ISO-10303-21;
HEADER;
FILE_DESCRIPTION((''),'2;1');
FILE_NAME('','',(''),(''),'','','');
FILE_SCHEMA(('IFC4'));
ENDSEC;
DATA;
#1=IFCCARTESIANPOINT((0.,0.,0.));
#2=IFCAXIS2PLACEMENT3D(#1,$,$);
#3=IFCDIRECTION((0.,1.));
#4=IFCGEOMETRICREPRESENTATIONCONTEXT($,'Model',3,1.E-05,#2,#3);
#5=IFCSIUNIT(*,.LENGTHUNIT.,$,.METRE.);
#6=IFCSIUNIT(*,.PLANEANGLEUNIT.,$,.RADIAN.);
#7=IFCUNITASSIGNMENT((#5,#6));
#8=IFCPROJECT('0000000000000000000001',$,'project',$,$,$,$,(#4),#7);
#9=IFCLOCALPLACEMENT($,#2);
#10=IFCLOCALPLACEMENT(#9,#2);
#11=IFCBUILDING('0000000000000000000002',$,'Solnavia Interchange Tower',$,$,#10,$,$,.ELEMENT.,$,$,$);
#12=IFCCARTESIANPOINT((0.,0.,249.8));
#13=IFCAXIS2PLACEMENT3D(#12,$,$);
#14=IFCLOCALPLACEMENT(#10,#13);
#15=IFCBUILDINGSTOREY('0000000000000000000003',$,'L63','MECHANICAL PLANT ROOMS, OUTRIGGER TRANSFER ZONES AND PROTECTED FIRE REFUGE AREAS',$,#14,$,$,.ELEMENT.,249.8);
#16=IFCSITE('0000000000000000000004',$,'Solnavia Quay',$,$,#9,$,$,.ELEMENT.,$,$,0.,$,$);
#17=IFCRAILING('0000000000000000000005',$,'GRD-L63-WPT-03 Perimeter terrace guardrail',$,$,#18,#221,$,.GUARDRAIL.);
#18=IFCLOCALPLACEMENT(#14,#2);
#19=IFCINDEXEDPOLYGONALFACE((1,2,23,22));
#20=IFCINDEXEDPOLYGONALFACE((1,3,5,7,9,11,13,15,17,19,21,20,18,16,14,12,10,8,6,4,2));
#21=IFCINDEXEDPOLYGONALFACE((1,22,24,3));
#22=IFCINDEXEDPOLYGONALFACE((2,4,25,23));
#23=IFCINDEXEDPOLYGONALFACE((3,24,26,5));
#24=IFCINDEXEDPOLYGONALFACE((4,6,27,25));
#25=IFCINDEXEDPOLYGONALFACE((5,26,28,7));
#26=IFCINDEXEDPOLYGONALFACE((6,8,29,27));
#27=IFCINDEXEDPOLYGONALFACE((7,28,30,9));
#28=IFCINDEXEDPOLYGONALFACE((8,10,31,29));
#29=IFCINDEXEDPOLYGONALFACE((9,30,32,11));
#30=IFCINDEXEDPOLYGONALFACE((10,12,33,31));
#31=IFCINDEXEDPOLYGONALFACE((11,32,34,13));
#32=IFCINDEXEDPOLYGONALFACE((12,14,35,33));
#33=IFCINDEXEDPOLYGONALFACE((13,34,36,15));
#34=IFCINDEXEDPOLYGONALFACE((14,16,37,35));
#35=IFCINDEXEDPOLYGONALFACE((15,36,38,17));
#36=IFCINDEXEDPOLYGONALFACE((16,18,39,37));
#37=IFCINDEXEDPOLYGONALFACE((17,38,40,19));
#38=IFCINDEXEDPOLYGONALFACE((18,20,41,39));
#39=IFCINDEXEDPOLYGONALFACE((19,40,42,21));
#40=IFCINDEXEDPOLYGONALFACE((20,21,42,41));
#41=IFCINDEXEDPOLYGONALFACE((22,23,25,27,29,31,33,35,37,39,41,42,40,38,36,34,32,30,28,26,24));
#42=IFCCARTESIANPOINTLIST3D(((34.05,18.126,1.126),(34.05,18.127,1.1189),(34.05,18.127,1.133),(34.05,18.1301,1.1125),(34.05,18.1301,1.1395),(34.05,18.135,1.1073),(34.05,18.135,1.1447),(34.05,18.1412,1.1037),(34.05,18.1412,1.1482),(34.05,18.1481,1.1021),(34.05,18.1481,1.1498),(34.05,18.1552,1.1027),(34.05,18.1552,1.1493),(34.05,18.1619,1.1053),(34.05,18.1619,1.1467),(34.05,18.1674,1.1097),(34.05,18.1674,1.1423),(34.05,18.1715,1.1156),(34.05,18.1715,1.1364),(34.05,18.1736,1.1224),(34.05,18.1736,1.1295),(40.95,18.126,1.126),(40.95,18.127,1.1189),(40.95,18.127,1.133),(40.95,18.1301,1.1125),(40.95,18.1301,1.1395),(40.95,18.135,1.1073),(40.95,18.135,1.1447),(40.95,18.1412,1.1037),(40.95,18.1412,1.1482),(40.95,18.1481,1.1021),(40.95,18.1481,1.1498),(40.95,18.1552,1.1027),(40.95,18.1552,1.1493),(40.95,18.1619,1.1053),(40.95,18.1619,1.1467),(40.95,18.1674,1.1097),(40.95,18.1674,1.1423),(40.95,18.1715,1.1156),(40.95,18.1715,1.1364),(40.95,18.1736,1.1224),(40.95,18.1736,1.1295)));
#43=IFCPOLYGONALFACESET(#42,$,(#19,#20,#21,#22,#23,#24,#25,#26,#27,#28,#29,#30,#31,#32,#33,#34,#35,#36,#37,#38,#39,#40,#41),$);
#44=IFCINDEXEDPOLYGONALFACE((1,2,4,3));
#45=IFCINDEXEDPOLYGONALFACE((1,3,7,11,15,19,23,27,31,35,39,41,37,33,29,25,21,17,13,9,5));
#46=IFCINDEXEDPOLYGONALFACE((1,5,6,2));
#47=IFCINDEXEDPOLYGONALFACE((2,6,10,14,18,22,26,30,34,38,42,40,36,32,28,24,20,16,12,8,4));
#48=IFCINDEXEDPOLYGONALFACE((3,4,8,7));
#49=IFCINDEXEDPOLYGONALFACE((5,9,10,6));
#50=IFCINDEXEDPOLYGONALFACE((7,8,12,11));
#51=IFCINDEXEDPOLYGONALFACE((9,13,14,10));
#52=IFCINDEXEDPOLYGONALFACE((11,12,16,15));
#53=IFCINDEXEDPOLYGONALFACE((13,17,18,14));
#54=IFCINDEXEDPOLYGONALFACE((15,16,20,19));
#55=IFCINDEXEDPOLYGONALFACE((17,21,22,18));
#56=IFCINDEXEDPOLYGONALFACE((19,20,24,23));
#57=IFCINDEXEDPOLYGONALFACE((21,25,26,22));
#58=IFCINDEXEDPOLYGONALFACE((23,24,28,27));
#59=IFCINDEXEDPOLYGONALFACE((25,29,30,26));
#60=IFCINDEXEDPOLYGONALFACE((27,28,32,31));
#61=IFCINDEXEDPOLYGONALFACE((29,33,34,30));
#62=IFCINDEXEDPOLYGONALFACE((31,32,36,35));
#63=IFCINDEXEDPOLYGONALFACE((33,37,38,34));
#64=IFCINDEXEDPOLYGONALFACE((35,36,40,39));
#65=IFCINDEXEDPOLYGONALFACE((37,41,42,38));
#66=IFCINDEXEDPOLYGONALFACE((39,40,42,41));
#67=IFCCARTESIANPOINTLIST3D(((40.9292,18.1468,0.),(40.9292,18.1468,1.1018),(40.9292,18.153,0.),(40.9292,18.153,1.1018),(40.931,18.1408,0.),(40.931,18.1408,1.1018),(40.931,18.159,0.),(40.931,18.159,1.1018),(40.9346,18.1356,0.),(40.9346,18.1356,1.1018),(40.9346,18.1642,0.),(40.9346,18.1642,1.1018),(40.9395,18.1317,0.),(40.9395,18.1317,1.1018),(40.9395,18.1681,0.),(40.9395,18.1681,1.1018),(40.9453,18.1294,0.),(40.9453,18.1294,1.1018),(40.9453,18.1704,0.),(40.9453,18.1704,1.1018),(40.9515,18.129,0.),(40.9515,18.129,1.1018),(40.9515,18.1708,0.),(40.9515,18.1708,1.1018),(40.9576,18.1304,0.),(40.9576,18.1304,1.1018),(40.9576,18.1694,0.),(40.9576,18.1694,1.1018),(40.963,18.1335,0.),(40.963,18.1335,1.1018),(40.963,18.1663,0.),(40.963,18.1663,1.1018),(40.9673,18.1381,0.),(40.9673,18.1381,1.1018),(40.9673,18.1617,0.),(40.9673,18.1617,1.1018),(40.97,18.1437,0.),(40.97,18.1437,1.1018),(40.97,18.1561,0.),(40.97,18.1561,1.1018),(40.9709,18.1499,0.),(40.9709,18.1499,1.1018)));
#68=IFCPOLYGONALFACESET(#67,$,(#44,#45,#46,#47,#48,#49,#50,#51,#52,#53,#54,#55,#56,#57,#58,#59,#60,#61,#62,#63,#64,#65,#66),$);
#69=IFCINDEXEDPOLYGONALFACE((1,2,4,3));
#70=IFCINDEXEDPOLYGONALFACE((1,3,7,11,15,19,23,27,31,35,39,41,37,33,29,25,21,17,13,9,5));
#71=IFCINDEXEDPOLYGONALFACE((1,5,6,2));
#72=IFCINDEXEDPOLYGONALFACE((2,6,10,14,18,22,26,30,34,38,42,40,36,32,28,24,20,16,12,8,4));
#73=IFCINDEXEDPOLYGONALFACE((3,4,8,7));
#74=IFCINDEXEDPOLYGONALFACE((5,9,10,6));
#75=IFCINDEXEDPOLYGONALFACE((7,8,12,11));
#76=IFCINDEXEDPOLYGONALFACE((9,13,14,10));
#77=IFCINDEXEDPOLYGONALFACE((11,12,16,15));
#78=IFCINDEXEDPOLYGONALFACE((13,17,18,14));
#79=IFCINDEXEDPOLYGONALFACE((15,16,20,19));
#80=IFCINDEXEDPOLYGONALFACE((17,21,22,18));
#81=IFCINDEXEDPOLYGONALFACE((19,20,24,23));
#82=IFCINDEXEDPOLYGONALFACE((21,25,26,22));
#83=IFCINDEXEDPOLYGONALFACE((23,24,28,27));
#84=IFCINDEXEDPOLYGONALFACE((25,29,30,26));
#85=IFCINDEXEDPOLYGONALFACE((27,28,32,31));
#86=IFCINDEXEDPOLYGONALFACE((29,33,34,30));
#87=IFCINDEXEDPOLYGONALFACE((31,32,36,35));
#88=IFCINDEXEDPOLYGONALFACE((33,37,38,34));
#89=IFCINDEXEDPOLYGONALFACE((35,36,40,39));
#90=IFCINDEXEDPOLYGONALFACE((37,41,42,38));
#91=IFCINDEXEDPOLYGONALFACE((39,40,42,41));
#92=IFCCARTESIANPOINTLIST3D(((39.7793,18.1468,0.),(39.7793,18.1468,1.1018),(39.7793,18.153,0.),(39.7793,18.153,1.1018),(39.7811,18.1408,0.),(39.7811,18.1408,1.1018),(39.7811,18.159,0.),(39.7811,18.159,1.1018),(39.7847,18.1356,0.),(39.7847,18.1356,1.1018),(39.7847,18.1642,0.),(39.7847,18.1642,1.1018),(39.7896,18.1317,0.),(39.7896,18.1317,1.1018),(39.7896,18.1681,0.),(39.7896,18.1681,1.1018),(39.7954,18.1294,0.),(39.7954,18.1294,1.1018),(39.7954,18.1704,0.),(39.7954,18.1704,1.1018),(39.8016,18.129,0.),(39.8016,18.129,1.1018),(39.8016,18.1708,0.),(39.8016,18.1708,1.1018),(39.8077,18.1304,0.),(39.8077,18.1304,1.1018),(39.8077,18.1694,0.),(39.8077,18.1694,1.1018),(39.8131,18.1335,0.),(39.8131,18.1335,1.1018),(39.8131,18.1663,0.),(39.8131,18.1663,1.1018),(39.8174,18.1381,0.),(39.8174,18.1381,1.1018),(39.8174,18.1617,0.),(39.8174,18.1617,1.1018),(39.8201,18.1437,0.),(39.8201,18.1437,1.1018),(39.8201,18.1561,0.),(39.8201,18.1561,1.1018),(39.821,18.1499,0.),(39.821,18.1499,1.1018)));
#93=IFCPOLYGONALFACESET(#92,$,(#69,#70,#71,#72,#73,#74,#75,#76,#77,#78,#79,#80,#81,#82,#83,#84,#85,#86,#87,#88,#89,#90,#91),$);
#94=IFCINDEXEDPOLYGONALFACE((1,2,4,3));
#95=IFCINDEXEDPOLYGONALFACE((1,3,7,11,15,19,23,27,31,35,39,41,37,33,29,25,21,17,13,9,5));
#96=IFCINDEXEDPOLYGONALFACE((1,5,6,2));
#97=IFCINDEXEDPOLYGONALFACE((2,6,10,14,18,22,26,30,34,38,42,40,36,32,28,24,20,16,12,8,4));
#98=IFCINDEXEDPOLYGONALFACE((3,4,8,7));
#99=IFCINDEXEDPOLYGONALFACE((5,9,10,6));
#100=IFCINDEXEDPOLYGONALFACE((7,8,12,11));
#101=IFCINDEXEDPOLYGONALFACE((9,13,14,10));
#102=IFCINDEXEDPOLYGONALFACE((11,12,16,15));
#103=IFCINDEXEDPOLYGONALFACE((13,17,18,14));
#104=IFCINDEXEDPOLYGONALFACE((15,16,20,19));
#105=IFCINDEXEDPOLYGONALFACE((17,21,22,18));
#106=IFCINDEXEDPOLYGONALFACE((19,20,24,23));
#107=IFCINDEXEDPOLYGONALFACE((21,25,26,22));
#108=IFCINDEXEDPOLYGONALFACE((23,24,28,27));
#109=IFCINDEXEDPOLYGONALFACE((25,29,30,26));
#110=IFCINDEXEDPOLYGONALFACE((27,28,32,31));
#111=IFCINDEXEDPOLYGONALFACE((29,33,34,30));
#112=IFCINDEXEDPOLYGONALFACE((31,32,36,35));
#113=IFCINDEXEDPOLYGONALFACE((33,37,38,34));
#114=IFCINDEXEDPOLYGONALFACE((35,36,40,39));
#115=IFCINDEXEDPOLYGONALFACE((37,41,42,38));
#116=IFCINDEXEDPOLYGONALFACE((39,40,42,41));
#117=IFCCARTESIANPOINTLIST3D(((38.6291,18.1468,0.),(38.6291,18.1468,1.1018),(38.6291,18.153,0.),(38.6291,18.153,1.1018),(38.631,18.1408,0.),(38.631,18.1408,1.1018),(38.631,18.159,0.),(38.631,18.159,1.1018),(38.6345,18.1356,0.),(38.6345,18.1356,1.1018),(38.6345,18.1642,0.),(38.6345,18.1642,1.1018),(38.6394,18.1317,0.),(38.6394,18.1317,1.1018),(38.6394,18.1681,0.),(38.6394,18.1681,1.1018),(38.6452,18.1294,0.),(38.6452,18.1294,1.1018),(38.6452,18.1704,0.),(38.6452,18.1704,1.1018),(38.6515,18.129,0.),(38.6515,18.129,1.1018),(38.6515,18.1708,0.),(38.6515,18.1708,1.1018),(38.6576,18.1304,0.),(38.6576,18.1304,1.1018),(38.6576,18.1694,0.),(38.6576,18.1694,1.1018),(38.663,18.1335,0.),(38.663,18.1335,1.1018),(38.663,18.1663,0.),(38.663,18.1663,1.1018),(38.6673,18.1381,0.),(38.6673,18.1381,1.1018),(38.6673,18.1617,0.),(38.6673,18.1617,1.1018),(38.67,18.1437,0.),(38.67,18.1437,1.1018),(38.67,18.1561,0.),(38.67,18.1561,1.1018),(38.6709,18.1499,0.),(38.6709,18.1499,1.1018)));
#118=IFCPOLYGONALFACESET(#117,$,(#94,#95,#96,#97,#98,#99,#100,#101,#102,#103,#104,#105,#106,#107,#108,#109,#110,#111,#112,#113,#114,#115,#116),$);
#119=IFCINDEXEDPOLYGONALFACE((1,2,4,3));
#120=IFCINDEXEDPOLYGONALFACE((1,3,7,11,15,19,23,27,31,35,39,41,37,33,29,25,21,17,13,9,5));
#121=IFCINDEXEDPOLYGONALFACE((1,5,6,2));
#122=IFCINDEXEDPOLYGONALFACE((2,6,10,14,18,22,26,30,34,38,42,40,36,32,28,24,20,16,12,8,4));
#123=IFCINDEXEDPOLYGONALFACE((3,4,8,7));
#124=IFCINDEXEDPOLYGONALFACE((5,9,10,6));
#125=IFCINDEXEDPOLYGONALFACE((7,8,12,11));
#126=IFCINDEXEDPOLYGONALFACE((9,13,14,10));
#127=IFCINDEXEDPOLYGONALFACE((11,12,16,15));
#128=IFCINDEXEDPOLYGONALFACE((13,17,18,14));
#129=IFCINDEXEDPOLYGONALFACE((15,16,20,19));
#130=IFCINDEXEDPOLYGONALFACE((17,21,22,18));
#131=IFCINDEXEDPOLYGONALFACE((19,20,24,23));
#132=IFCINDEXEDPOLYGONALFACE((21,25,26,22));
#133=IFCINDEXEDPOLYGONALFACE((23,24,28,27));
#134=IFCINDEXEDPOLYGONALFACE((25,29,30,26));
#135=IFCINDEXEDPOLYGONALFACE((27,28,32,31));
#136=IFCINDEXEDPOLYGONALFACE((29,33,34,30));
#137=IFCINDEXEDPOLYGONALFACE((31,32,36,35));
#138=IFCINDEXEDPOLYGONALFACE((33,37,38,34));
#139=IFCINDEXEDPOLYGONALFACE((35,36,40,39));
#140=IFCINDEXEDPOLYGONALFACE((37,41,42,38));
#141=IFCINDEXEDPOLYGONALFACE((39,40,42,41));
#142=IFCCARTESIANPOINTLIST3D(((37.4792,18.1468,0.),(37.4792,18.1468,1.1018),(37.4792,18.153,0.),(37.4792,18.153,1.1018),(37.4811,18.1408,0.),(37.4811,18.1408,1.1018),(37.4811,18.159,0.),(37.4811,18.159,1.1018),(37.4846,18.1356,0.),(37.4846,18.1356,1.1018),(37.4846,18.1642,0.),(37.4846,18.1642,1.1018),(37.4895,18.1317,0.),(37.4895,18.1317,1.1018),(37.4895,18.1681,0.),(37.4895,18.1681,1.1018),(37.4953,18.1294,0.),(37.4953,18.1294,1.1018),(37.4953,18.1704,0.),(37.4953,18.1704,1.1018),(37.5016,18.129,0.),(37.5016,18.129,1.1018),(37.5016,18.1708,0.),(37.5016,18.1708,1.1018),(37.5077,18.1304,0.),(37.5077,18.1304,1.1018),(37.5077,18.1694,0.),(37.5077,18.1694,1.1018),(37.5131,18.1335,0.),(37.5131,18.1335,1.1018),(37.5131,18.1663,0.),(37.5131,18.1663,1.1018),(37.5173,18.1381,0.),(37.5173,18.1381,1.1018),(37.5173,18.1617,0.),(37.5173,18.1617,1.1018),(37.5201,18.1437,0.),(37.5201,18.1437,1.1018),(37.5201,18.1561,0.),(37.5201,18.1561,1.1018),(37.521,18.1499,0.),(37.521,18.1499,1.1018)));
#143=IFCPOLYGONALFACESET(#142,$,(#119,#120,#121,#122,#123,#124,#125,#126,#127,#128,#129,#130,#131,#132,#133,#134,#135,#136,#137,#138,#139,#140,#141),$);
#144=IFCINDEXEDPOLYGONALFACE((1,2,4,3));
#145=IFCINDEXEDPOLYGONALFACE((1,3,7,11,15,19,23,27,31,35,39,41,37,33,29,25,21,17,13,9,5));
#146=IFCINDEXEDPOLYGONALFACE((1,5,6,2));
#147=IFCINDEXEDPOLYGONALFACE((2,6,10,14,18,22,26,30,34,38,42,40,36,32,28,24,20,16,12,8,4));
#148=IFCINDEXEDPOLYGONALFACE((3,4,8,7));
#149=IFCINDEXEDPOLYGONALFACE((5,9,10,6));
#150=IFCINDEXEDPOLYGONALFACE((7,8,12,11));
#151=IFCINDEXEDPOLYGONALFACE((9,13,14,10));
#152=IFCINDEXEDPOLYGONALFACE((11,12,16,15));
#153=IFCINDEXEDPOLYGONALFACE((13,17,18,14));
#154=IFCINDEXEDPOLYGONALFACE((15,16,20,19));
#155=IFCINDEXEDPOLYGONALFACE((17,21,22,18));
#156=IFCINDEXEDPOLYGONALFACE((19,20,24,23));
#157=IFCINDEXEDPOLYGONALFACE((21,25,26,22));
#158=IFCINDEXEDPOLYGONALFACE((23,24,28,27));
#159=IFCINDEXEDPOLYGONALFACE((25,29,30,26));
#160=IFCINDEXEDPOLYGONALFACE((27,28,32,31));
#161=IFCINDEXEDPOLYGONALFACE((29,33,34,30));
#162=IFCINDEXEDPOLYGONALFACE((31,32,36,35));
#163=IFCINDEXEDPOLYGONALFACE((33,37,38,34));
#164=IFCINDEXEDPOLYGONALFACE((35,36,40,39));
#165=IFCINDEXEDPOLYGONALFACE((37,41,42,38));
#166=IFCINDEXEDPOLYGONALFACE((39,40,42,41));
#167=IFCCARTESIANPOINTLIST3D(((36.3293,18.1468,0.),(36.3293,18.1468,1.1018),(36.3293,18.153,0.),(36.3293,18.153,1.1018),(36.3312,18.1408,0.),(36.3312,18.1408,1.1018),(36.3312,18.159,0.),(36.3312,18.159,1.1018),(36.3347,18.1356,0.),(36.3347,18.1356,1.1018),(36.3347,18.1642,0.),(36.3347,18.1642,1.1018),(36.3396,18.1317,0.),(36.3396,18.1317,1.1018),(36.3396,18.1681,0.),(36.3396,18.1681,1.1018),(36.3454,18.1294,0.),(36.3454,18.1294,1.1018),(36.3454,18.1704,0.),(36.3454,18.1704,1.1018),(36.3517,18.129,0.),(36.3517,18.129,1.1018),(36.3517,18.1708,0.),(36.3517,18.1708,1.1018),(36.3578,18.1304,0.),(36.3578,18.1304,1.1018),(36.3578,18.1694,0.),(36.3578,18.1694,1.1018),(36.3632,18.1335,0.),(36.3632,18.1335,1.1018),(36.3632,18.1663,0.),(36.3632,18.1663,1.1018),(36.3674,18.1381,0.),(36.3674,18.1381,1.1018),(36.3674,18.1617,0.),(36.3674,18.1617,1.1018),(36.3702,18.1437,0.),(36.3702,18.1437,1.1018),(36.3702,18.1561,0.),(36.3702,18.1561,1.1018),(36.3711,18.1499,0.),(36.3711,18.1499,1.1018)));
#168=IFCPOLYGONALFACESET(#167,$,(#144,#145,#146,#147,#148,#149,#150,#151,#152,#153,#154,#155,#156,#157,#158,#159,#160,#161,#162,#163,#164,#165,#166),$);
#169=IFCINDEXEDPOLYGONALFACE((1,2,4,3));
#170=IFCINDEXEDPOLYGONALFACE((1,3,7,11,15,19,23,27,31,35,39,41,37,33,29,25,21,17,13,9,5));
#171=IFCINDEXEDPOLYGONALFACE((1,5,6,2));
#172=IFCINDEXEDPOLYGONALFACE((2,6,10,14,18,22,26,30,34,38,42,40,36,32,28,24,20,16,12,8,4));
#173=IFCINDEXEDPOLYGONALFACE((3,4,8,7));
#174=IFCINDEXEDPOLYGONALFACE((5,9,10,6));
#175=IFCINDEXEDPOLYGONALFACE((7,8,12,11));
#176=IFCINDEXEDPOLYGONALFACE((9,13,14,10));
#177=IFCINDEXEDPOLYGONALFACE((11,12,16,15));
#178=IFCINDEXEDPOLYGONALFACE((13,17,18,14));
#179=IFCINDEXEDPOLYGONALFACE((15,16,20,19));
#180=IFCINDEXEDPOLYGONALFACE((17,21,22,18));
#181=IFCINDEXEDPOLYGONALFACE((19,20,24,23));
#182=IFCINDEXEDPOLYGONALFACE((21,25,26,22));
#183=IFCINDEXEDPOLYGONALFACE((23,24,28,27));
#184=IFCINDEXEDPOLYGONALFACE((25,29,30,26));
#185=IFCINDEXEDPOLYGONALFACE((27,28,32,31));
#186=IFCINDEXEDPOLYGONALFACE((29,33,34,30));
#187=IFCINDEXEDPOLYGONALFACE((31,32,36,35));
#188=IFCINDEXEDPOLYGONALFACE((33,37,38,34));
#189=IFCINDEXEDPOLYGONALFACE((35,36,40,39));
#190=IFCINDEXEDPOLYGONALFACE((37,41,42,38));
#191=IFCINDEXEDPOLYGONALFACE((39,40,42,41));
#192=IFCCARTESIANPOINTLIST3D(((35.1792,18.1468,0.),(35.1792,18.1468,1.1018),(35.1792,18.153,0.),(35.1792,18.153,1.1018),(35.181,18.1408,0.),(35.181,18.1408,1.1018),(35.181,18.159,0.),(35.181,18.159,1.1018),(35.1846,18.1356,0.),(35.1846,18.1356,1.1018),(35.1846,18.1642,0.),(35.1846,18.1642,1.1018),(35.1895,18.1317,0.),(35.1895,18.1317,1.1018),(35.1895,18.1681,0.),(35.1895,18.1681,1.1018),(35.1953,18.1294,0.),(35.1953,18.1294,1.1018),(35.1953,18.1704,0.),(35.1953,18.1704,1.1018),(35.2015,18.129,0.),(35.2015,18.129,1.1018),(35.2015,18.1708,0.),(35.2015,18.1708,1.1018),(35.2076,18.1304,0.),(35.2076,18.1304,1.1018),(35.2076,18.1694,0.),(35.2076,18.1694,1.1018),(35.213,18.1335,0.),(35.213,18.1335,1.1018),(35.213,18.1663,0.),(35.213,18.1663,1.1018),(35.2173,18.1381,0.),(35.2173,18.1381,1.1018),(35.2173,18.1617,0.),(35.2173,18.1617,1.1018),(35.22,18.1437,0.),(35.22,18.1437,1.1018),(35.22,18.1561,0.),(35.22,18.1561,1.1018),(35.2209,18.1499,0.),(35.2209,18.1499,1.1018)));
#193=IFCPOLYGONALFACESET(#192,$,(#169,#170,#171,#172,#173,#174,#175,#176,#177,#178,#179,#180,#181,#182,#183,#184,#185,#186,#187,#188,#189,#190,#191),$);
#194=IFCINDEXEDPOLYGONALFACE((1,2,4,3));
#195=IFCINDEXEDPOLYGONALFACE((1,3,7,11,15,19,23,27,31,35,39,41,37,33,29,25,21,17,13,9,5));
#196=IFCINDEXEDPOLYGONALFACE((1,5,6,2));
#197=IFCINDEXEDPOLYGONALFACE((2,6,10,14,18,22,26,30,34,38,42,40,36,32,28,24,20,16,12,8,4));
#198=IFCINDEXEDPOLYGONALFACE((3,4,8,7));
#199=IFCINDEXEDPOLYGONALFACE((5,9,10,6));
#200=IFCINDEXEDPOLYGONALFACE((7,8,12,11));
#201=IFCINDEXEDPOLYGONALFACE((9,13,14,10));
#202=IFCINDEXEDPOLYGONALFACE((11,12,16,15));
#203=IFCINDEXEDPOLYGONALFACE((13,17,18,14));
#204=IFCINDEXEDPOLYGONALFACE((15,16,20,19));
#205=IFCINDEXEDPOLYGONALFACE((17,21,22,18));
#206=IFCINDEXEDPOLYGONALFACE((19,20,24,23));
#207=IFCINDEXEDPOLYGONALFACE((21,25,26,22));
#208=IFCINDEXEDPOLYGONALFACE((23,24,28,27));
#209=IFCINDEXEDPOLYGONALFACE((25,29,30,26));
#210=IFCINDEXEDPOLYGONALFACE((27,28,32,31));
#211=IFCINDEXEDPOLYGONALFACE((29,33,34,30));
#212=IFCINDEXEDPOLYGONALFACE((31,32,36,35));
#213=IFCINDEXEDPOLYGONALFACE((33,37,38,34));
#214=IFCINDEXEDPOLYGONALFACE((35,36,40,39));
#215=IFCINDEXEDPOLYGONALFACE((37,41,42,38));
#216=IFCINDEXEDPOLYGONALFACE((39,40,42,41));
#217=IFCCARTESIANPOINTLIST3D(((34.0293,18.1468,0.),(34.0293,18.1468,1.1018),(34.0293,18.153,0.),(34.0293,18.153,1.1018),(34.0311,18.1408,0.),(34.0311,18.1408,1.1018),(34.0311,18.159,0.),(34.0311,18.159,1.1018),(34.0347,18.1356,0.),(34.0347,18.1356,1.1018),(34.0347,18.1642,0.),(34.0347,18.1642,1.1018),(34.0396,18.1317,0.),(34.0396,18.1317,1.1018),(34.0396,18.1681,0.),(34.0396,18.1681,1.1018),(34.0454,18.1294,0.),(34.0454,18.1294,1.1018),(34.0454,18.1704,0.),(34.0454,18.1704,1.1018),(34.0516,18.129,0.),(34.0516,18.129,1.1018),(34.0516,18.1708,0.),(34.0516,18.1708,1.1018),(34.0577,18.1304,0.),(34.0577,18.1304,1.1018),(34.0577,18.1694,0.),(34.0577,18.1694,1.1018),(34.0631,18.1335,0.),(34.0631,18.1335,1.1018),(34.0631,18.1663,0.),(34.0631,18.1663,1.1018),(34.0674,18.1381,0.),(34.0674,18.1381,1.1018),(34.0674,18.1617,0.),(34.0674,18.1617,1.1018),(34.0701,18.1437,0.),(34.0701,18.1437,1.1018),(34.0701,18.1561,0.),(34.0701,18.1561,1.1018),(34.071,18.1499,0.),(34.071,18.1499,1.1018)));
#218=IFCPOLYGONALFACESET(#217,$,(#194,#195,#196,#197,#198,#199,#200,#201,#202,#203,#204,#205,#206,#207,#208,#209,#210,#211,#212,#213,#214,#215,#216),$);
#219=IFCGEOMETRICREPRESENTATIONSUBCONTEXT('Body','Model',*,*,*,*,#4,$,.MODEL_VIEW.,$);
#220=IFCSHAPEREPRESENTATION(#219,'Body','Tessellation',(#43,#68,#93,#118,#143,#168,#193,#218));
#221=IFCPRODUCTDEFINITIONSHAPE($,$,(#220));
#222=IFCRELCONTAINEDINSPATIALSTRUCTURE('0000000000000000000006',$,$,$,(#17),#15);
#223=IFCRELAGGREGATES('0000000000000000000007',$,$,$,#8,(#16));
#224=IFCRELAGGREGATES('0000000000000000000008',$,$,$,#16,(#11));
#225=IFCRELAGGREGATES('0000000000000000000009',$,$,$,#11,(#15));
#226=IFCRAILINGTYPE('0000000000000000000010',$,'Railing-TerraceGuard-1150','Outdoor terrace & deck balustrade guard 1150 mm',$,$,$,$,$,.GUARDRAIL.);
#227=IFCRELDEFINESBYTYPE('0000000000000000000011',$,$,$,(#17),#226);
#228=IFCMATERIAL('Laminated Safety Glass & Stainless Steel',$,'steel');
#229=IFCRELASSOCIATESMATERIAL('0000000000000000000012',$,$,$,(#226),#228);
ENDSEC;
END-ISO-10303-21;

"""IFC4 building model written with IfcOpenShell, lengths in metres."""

from ifc_helpers import new_model, si_unit, direction, frame, origin, origin_2d, place, context, subcontext, project, spatial, circle, extrude, material, type_object, element, save


model = new_model("IFC4")

# Units and contexts
model_context = context("Model", 3, precision=1e-05, world=origin(), true_north=direction((0.0, 1.0)))
body_context = subcontext(model_context, "Body", "Model", "MODEL_VIEW")
ifc_project = project(units=[si_unit("LENGTHUNIT", "METRE"), si_unit("PLANEANGLEUNIT", "RADIAN")], contexts=[model_context])

# Site, building, storey
site_placement = place(None, origin())
site = spatial("IfcSite", under=ifc_project, at=site_placement, Name="Solnavia Quay", CompositionType="ELEMENT", RefElevation=0.0)
building_placement = place(site_placement, origin())
building = spatial("IfcBuilding", under=site, at=building_placement, Name="Solnavia Interchange Tower", CompositionType="ELEMENT")
storey_placement = place(building_placement, frame((0.0, 0.0, 249.8)))
storey = spatial("IfcBuildingStorey", under=building, at=storey_placement, Name="L63", Description="MECHANICAL PLANT ROOMS, OUTRIGGER TRANSFER ZONES AND PROTECTED FIRE REFUGE AREAS", CompositionType="ELEMENT", Elevation=249.8)

# Railing
ifc_material_1 = material(Name="Laminated Safety Glass & Stainless Steel", Category="steel")
railing_type = type_object("IfcRailingType", Name="Railing-TerraceGuard-1150", Description="Outdoor terrace & deck balustrade guard 1150 mm", PredefinedType="GUARDRAIL", material=ifc_material_1)
railing_placement = place(storey_placement, frame((40.95, 18.1499, 0.0)))
element("IfcRailing", 1, at=railing_placement, inside=storey, type_object=railing_type, Name="GRD-L63-WPT-03 Perimeter terrace guardrail", PredefinedType="GUARDRAIL", context=body_context, shape_type="SweptSolid", body=[
    extrude(circle(Radius=0.0239, at=origin_2d()), frame((0.0, 0.0, 1.126), z_axis=(-1.0, 0.0, 0.0), x_axis=(0.0, -1.0, 0.0)), (0.0, 0.0, 1.0), 6.8999),
    extrude(circle(Radius=0.021, at=origin_2d()), origin(), (0.0, 0.0, 1.0), 1.1018),
    extrude(circle(Radius=0.021, at=origin_2d()), frame((-1.1499, 0.0, 0.0)), (0.0, 0.0, 1.0), 1.1018),
    extrude(circle(Radius=0.021, at=origin_2d()), frame((-2.3, 0.0, 0.0)), (0.0, 0.0, 1.0), 1.1018),
    extrude(circle(Radius=0.021, at=origin_2d()), frame((-3.45, 0.0, 0.0)), (0.0, 0.0, 1.0), 1.1018),
    extrude(circle(Radius=0.021, at=origin_2d()), frame((-4.5999, 0.0, 0.0)), (0.0, 0.0, 1.0), 1.1018),
    extrude(circle(Radius=0.021, at=origin_2d()), frame((-5.75, 0.0, 0.0)), (0.0, 0.0, 1.0), 1.1018),
    extrude(circle(Radius=0.021, at=origin_2d()), frame((-6.8999, 0.0, 0.0)), (0.0, 0.0, 1.0), 1.1018),
])

save(model, "model.ifc")
